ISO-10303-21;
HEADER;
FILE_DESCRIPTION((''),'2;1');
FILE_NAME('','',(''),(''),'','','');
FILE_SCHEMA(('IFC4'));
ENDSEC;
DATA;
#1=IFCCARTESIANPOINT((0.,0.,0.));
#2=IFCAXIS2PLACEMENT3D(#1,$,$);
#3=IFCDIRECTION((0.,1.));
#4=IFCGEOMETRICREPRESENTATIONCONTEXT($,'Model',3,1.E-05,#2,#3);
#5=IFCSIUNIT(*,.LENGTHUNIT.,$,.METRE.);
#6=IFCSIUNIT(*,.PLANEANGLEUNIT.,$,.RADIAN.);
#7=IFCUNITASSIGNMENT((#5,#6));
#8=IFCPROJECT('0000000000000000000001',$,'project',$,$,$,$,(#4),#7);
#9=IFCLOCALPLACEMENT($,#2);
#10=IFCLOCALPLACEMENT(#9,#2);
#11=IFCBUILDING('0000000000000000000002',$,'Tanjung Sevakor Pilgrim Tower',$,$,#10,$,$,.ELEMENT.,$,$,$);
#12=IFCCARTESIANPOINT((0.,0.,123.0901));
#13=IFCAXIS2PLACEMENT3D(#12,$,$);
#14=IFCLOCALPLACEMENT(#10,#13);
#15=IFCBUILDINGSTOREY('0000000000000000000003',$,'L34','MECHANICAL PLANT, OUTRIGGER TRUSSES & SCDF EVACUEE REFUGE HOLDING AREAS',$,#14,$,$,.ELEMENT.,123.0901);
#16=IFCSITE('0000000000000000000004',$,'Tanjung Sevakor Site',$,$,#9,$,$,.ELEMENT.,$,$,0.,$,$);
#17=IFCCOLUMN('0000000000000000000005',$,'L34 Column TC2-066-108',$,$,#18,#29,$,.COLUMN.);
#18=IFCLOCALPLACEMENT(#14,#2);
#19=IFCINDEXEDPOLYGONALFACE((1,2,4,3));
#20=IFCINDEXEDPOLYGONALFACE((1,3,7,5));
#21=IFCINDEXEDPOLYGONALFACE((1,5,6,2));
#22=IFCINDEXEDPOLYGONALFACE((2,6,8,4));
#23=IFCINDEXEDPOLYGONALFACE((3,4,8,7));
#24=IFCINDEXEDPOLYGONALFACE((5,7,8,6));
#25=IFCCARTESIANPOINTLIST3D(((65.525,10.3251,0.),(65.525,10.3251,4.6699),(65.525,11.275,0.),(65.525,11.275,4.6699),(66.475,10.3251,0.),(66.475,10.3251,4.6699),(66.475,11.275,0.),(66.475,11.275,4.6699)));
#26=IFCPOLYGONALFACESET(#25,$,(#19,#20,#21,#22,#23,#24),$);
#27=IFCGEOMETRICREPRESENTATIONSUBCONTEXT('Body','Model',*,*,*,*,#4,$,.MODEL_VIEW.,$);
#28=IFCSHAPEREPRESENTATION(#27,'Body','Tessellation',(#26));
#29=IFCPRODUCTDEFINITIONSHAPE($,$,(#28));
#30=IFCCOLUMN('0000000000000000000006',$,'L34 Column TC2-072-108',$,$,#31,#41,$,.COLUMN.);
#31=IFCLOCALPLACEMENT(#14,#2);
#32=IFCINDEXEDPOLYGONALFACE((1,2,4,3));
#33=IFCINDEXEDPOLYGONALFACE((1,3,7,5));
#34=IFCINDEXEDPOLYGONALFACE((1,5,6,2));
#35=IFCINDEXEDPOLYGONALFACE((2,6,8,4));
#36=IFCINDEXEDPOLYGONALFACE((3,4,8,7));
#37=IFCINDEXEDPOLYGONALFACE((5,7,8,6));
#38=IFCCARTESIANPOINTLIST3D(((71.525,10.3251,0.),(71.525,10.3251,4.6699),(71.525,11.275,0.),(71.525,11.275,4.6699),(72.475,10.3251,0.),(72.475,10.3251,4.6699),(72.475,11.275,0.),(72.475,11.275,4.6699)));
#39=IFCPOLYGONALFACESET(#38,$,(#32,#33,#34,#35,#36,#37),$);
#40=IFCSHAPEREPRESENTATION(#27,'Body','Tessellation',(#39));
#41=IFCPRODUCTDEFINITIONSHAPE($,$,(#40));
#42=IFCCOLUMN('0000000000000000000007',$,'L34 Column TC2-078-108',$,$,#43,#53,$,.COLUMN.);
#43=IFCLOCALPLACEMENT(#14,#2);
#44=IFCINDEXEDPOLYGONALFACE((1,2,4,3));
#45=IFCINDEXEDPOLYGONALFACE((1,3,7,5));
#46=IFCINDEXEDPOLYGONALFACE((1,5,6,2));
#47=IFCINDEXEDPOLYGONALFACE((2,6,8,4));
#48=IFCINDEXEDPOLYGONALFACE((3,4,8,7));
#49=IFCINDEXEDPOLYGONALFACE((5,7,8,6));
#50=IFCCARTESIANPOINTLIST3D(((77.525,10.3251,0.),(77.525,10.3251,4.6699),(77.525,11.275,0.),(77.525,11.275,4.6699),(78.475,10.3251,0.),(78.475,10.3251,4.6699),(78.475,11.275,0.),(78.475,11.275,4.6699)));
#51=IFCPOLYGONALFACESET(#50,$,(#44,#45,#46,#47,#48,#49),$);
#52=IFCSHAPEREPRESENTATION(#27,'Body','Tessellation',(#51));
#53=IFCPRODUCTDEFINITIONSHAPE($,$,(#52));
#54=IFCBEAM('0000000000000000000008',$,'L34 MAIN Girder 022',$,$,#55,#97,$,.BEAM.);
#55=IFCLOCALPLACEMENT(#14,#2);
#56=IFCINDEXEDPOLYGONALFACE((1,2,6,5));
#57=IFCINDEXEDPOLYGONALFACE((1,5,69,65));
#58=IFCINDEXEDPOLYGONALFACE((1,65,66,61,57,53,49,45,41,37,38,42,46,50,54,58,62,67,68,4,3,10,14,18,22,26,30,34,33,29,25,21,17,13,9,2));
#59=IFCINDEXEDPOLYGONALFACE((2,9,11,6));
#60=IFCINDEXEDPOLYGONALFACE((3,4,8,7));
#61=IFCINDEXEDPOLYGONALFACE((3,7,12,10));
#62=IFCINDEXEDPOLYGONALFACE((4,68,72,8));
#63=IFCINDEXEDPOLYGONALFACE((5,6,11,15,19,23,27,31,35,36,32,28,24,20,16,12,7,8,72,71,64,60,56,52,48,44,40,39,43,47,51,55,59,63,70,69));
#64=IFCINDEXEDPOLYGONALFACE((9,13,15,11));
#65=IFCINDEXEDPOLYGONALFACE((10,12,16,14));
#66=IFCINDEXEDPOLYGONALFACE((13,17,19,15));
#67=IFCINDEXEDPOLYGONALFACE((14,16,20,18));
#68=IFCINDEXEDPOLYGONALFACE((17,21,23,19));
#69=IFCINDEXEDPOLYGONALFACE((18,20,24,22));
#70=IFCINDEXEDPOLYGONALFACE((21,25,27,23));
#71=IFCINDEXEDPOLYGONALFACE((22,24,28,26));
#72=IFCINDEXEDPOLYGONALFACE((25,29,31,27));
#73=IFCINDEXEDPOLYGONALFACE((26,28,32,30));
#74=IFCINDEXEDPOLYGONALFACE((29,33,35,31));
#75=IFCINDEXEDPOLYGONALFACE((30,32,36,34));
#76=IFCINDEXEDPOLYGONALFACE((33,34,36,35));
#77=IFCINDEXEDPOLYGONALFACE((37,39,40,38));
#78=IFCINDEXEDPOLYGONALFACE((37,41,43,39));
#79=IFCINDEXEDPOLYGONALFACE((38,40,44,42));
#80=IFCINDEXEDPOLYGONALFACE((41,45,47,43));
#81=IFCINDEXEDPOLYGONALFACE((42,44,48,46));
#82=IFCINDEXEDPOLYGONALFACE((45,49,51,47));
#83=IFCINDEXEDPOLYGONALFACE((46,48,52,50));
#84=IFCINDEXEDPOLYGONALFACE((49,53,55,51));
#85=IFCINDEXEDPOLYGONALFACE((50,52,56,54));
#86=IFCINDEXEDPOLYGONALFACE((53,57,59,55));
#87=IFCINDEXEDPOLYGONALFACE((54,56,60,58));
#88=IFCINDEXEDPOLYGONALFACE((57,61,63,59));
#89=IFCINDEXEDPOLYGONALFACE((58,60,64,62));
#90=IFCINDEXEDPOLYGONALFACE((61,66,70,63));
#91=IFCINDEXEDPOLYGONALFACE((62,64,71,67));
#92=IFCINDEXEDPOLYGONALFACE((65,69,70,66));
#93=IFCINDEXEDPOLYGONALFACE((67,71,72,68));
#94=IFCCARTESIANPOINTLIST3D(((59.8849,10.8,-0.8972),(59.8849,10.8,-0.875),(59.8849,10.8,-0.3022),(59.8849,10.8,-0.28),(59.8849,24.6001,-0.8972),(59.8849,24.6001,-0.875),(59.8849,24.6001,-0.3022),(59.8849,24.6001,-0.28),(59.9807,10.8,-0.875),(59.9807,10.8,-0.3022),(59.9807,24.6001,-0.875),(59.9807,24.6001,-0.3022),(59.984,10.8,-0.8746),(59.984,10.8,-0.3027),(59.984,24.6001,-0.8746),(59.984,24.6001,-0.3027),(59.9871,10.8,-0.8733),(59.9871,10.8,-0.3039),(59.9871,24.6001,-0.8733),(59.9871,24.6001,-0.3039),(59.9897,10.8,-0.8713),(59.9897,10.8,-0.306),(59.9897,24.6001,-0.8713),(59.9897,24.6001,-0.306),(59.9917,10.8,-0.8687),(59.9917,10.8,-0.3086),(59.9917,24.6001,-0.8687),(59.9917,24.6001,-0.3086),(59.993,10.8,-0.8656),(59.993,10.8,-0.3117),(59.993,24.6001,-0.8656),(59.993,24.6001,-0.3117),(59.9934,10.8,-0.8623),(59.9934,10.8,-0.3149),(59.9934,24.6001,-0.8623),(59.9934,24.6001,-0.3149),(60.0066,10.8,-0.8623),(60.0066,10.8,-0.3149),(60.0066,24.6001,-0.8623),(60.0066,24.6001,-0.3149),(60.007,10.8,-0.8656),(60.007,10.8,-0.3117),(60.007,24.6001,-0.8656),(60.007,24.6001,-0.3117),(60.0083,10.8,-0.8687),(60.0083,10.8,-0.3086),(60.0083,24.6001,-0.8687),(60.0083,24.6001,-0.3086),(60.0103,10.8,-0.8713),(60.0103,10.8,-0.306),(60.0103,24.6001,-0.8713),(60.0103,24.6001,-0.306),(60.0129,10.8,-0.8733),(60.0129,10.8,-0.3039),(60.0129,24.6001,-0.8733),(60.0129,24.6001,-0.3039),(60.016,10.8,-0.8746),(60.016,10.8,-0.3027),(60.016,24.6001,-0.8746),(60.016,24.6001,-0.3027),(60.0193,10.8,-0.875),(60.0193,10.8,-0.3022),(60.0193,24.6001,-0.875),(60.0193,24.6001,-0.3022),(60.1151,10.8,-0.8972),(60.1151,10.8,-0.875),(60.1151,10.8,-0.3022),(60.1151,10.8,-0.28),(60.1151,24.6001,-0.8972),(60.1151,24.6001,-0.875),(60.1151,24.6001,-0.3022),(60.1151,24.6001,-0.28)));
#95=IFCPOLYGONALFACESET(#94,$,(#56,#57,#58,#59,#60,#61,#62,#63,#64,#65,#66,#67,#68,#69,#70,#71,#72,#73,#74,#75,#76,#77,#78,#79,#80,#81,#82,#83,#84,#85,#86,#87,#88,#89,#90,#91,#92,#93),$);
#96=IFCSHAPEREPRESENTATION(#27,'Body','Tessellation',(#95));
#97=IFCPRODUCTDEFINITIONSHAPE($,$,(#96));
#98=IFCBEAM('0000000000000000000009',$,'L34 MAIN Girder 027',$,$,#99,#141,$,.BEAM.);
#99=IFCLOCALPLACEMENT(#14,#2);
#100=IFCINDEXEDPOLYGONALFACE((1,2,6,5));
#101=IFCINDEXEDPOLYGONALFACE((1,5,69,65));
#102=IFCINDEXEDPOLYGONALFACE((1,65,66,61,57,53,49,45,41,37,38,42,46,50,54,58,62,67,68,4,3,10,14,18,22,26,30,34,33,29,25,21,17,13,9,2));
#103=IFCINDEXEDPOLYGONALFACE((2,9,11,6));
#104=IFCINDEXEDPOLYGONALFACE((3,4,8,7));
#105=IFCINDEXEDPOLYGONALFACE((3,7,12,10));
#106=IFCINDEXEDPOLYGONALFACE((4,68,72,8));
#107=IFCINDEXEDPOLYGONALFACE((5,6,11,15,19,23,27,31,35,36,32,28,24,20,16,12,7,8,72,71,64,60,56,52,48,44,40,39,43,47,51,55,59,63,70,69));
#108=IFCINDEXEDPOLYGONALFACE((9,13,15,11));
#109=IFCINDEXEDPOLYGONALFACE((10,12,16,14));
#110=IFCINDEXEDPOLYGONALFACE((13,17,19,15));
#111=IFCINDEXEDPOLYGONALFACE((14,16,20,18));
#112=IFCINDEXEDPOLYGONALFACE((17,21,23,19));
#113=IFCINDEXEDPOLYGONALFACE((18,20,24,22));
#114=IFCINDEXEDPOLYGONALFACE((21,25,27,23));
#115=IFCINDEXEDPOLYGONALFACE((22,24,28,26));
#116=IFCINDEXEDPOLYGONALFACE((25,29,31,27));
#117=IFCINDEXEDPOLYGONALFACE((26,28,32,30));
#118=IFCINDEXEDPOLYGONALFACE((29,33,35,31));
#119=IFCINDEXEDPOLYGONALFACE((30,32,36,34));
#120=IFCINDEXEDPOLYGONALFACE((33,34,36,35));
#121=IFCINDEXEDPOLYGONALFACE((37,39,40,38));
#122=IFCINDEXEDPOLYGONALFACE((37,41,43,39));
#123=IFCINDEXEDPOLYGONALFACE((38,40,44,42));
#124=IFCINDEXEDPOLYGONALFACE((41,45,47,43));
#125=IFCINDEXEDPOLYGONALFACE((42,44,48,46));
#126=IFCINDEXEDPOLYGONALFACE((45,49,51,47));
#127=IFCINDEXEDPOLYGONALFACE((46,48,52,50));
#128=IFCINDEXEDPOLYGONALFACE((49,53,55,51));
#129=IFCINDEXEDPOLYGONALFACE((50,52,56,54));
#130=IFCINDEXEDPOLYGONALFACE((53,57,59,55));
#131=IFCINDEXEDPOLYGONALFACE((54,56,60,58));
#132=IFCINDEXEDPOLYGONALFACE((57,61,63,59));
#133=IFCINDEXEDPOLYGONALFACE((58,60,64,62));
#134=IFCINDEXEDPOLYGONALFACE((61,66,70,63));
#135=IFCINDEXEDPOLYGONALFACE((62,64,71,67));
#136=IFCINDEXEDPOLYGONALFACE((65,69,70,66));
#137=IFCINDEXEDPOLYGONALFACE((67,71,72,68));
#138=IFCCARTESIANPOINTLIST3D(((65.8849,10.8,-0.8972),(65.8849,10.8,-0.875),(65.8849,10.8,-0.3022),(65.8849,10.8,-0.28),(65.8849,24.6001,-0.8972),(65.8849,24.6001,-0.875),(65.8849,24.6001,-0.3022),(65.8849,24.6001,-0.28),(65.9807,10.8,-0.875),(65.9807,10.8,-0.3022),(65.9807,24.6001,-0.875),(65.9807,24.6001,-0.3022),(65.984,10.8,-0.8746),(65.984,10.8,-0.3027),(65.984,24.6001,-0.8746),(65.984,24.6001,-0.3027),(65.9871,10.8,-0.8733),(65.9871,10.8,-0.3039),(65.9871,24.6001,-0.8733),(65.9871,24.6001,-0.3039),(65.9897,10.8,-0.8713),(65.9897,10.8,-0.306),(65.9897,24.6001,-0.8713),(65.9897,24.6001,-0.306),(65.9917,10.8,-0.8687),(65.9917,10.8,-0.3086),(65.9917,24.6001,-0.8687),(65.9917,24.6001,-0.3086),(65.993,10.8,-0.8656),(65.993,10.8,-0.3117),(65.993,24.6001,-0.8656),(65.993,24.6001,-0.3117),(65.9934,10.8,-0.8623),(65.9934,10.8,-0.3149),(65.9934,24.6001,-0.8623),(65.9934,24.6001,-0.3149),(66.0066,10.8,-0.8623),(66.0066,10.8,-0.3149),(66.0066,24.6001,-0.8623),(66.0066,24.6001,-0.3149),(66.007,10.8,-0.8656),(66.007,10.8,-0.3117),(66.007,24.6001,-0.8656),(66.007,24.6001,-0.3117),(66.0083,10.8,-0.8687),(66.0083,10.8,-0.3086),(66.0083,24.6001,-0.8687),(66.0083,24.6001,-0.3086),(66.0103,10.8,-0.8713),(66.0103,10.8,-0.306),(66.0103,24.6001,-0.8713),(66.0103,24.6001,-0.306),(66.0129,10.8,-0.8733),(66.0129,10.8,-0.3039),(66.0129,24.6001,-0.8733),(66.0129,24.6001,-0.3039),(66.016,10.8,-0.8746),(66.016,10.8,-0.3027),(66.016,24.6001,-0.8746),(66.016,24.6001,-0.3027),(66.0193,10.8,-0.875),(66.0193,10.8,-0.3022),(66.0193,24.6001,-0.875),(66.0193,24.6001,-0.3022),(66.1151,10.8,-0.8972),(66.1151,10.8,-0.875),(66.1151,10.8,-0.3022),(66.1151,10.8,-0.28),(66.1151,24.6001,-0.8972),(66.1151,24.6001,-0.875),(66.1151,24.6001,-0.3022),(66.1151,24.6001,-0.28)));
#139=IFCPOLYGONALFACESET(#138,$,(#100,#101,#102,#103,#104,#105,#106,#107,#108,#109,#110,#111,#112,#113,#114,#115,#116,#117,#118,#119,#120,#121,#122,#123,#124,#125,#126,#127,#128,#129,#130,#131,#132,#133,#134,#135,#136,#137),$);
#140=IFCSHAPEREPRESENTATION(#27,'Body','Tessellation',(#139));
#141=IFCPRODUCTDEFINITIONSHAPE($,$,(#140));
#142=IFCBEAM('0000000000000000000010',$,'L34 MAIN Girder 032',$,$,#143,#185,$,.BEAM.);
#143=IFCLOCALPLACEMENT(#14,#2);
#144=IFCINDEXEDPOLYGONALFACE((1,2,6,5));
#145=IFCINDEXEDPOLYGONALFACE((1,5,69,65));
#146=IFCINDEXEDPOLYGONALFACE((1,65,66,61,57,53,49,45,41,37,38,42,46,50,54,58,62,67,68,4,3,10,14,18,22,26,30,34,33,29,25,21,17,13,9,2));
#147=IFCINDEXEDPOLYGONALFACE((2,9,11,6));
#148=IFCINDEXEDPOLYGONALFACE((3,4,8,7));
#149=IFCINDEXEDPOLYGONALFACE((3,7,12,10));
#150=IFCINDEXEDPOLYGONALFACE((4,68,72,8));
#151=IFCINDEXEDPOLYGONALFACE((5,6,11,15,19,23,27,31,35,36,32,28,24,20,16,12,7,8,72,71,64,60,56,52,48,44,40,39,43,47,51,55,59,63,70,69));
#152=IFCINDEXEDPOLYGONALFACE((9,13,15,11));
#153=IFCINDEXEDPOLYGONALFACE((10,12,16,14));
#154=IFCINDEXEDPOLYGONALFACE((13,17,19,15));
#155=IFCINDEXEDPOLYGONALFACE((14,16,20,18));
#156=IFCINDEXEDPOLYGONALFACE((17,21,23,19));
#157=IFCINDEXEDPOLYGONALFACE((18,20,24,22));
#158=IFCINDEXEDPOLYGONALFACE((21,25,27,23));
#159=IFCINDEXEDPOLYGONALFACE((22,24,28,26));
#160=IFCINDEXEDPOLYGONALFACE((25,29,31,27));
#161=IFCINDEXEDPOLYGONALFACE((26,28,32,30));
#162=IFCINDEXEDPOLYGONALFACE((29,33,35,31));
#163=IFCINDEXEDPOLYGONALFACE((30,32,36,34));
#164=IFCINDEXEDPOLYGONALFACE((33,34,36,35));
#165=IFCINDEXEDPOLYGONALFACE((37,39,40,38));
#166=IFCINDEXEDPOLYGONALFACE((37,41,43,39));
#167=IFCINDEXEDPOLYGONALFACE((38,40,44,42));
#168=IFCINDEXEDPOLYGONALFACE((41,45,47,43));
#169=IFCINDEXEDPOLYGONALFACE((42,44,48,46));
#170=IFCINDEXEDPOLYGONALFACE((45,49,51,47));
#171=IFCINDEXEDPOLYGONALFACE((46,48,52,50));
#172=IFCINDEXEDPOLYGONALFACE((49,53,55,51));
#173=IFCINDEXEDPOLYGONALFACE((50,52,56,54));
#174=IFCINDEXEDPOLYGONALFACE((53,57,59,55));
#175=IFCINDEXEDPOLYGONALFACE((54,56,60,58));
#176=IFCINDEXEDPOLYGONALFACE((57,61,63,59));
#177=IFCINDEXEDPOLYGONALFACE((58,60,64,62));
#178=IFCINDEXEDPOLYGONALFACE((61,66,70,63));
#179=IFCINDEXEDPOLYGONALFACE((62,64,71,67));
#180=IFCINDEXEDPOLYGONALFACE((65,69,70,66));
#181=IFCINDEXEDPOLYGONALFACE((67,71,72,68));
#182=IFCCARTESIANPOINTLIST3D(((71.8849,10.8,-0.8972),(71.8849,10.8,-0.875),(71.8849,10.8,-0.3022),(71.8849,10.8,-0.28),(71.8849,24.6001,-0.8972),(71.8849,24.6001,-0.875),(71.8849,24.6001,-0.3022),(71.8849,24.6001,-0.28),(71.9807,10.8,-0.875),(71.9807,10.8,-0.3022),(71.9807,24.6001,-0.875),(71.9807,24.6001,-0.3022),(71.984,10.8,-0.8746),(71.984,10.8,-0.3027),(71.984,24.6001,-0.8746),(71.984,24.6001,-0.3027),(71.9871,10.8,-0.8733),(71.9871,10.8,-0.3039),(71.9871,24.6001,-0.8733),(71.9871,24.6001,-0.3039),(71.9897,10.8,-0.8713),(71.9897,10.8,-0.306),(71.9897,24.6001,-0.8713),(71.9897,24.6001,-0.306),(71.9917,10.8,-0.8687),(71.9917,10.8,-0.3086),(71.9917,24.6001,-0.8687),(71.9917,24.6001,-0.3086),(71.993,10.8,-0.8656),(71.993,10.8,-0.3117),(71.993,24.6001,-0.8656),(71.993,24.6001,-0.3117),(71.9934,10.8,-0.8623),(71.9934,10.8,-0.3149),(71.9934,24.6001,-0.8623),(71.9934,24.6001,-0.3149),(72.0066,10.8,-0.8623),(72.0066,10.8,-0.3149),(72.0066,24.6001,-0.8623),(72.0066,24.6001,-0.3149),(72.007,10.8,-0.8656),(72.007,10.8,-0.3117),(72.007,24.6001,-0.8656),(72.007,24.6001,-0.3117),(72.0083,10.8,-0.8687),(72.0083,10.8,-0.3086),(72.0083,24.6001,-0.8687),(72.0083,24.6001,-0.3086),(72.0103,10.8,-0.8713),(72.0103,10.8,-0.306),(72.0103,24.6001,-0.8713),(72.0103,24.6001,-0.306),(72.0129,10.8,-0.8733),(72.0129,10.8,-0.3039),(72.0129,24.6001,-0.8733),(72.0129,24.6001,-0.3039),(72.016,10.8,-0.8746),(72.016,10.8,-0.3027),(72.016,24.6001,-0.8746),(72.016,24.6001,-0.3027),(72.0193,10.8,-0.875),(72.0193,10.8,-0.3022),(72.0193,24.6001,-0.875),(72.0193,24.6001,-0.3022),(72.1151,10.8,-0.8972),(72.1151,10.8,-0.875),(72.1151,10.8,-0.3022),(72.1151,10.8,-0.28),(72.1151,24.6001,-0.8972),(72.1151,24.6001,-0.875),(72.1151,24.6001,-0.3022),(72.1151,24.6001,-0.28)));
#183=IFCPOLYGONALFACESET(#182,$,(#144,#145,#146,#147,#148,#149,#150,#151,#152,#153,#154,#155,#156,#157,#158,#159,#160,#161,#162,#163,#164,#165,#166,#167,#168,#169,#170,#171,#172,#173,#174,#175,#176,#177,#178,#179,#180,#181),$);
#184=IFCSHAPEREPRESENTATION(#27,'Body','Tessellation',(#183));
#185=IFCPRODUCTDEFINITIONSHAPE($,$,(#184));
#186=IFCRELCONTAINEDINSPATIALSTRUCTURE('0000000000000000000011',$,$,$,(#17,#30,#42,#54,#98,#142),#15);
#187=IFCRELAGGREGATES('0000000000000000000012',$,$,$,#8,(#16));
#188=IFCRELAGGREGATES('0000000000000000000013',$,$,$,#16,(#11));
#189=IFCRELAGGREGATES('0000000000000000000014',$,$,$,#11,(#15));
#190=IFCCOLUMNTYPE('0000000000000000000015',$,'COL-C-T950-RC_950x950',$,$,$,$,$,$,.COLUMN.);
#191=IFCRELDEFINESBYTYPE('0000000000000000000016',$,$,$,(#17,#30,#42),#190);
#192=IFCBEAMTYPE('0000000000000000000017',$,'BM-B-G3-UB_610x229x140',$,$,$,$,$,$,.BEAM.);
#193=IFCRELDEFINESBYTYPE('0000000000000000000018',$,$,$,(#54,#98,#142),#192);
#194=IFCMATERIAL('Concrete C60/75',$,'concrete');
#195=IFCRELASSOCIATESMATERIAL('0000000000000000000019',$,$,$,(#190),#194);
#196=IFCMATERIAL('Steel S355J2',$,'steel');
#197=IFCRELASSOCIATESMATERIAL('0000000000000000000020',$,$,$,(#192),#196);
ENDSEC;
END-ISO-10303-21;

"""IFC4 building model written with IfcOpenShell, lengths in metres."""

from ifc_helpers import new_model, si_unit, direction, frame, origin, origin_2d, place, context, subcontext, project, spatial, rectangle, i_section, extrude, material, material_profile, profile_set, type_object, element, save


model = new_model("IFC4")

# Units and contexts
model_context = context("Model", 3, precision=1e-05, world=origin(), true_north=direction((0.0, 1.0)))
body_context = subcontext(model_context, "Body", "Model", "MODEL_VIEW")
ifc_project = project(units=[si_unit("LENGTHUNIT", "METRE"), si_unit("PLANEANGLEUNIT", "RADIAN")], contexts=[model_context])

# Site, building, storey
site_placement = place(None, origin())
site = spatial("IfcSite", under=ifc_project, at=site_placement, Name="Tanjung Sevakor Site", CompositionType="ELEMENT", RefElevation=0.0)
building_placement = place(site_placement, origin())
building = spatial("IfcBuilding", under=site, at=building_placement, Name="Tanjung Sevakor Pilgrim Tower", CompositionType="ELEMENT")
storey_placement = place(building_placement, frame((0.0, 0.0, 123.0901)))
storey = spatial("IfcBuildingStorey", under=building, at=storey_placement, Name="L34", Description="MECHANICAL PLANT, OUTRIGGER TRUSSES & SCDF EVACUEE REFUGE HOLDING AREAS", CompositionType="ELEMENT", Elevation=123.0901)

# Columns
ifc_material_1 = material(Name="Concrete C60/75", Category="concrete")
ifc_material_profile_1 = material_profile(ifc_material_1, rectangle(XDim=0.95, YDim=0.95, at=origin_2d()))
ifc_profile_set_1 = profile_set([ifc_material_profile_1], Name="Concrete C60/75")
column_type = type_object("IfcColumnType", Name="COL-C-T950-RC_950x950", PredefinedType="COLUMN", material=ifc_profile_set_1)
for number, where, z_axis, x_axis, name in (
    (1, (66.0, 10.8, 0.0), (0.0, 0.0, 1.0), (1.0, 0.0, 0.0), "L34 Column TC2-066-108"),
    (2, (72.0, 10.8, 0.0), (0.0, 0.0, 1.0), (1.0, 0.0, 0.0), "L34 Column TC2-072-108"),
    (3, (78.0, 10.8, 0.0), (0.0, 0.0, 1.0), (1.0, 0.0, 0.0), "L34 Column TC2-078-108"),
):
    element("IfcColumn", number, at=place(storey_placement, frame(where, z_axis=z_axis, x_axis=x_axis)), inside=storey, type_object=column_type, Name=name, PredefinedType="COLUMN", context=body_context, shape_type="SweptSolid", body=[
        extrude(rectangle(XDim=0.95, YDim=0.95, at=origin_2d()), origin(), (0.0, 0.0, 1.0), 4.6699),
    ])

# Beams
ifc_material_2 = material(Name="Steel S355J2", Category="steel")
ifc_material_profile_2 = material_profile(ifc_material_2, i_section(OverallWidth=0.2302, OverallDepth=0.6172, WebThickness=0.0132, FlangeThickness=0.0222, FilletRadius=0.0127, at=origin_2d()))
ifc_profile_set_2 = profile_set([ifc_material_profile_2], Name="Steel S355J2")
beam_type_1 = type_object("IfcBeamType", Name="BM-B-G3-UB_610x229x140", PredefinedType="BEAM", material=ifc_profile_set_2)
for number, where, z_axis, x_axis, name in (
    (4, (60.0, 10.8, -0.5886), (0.0, 1.0, 0.0), (-1.0, 0.0, 0.0), "L34 MAIN Girder 022"),
    (5, (66.0, 10.8, -0.5886), (0.0, 1.0, 0.0), (-1.0, 0.0, 0.0), "L34 MAIN Girder 027"),
    (6, (72.0, 10.8, -0.5886), (0.0, 1.0, 0.0), (-1.0, 0.0, 0.0), "L34 MAIN Girder 032"),
):
    element("IfcBeam", number, at=place(storey_placement, frame(where, z_axis=z_axis, x_axis=x_axis)), inside=storey, type_object=beam_type_1, Name=name, PredefinedType="BEAM", context=body_context, shape_type="SweptSolid", body=[
        extrude(i_section(OverallWidth=0.2302, OverallDepth=0.6172, WebThickness=0.0132, FlangeThickness=0.0222, FilletRadius=0.0127, at=origin_2d()), origin(), (0.0, 0.0, 1.0), 13.8),
    ])

save(model, "model.ifc")
